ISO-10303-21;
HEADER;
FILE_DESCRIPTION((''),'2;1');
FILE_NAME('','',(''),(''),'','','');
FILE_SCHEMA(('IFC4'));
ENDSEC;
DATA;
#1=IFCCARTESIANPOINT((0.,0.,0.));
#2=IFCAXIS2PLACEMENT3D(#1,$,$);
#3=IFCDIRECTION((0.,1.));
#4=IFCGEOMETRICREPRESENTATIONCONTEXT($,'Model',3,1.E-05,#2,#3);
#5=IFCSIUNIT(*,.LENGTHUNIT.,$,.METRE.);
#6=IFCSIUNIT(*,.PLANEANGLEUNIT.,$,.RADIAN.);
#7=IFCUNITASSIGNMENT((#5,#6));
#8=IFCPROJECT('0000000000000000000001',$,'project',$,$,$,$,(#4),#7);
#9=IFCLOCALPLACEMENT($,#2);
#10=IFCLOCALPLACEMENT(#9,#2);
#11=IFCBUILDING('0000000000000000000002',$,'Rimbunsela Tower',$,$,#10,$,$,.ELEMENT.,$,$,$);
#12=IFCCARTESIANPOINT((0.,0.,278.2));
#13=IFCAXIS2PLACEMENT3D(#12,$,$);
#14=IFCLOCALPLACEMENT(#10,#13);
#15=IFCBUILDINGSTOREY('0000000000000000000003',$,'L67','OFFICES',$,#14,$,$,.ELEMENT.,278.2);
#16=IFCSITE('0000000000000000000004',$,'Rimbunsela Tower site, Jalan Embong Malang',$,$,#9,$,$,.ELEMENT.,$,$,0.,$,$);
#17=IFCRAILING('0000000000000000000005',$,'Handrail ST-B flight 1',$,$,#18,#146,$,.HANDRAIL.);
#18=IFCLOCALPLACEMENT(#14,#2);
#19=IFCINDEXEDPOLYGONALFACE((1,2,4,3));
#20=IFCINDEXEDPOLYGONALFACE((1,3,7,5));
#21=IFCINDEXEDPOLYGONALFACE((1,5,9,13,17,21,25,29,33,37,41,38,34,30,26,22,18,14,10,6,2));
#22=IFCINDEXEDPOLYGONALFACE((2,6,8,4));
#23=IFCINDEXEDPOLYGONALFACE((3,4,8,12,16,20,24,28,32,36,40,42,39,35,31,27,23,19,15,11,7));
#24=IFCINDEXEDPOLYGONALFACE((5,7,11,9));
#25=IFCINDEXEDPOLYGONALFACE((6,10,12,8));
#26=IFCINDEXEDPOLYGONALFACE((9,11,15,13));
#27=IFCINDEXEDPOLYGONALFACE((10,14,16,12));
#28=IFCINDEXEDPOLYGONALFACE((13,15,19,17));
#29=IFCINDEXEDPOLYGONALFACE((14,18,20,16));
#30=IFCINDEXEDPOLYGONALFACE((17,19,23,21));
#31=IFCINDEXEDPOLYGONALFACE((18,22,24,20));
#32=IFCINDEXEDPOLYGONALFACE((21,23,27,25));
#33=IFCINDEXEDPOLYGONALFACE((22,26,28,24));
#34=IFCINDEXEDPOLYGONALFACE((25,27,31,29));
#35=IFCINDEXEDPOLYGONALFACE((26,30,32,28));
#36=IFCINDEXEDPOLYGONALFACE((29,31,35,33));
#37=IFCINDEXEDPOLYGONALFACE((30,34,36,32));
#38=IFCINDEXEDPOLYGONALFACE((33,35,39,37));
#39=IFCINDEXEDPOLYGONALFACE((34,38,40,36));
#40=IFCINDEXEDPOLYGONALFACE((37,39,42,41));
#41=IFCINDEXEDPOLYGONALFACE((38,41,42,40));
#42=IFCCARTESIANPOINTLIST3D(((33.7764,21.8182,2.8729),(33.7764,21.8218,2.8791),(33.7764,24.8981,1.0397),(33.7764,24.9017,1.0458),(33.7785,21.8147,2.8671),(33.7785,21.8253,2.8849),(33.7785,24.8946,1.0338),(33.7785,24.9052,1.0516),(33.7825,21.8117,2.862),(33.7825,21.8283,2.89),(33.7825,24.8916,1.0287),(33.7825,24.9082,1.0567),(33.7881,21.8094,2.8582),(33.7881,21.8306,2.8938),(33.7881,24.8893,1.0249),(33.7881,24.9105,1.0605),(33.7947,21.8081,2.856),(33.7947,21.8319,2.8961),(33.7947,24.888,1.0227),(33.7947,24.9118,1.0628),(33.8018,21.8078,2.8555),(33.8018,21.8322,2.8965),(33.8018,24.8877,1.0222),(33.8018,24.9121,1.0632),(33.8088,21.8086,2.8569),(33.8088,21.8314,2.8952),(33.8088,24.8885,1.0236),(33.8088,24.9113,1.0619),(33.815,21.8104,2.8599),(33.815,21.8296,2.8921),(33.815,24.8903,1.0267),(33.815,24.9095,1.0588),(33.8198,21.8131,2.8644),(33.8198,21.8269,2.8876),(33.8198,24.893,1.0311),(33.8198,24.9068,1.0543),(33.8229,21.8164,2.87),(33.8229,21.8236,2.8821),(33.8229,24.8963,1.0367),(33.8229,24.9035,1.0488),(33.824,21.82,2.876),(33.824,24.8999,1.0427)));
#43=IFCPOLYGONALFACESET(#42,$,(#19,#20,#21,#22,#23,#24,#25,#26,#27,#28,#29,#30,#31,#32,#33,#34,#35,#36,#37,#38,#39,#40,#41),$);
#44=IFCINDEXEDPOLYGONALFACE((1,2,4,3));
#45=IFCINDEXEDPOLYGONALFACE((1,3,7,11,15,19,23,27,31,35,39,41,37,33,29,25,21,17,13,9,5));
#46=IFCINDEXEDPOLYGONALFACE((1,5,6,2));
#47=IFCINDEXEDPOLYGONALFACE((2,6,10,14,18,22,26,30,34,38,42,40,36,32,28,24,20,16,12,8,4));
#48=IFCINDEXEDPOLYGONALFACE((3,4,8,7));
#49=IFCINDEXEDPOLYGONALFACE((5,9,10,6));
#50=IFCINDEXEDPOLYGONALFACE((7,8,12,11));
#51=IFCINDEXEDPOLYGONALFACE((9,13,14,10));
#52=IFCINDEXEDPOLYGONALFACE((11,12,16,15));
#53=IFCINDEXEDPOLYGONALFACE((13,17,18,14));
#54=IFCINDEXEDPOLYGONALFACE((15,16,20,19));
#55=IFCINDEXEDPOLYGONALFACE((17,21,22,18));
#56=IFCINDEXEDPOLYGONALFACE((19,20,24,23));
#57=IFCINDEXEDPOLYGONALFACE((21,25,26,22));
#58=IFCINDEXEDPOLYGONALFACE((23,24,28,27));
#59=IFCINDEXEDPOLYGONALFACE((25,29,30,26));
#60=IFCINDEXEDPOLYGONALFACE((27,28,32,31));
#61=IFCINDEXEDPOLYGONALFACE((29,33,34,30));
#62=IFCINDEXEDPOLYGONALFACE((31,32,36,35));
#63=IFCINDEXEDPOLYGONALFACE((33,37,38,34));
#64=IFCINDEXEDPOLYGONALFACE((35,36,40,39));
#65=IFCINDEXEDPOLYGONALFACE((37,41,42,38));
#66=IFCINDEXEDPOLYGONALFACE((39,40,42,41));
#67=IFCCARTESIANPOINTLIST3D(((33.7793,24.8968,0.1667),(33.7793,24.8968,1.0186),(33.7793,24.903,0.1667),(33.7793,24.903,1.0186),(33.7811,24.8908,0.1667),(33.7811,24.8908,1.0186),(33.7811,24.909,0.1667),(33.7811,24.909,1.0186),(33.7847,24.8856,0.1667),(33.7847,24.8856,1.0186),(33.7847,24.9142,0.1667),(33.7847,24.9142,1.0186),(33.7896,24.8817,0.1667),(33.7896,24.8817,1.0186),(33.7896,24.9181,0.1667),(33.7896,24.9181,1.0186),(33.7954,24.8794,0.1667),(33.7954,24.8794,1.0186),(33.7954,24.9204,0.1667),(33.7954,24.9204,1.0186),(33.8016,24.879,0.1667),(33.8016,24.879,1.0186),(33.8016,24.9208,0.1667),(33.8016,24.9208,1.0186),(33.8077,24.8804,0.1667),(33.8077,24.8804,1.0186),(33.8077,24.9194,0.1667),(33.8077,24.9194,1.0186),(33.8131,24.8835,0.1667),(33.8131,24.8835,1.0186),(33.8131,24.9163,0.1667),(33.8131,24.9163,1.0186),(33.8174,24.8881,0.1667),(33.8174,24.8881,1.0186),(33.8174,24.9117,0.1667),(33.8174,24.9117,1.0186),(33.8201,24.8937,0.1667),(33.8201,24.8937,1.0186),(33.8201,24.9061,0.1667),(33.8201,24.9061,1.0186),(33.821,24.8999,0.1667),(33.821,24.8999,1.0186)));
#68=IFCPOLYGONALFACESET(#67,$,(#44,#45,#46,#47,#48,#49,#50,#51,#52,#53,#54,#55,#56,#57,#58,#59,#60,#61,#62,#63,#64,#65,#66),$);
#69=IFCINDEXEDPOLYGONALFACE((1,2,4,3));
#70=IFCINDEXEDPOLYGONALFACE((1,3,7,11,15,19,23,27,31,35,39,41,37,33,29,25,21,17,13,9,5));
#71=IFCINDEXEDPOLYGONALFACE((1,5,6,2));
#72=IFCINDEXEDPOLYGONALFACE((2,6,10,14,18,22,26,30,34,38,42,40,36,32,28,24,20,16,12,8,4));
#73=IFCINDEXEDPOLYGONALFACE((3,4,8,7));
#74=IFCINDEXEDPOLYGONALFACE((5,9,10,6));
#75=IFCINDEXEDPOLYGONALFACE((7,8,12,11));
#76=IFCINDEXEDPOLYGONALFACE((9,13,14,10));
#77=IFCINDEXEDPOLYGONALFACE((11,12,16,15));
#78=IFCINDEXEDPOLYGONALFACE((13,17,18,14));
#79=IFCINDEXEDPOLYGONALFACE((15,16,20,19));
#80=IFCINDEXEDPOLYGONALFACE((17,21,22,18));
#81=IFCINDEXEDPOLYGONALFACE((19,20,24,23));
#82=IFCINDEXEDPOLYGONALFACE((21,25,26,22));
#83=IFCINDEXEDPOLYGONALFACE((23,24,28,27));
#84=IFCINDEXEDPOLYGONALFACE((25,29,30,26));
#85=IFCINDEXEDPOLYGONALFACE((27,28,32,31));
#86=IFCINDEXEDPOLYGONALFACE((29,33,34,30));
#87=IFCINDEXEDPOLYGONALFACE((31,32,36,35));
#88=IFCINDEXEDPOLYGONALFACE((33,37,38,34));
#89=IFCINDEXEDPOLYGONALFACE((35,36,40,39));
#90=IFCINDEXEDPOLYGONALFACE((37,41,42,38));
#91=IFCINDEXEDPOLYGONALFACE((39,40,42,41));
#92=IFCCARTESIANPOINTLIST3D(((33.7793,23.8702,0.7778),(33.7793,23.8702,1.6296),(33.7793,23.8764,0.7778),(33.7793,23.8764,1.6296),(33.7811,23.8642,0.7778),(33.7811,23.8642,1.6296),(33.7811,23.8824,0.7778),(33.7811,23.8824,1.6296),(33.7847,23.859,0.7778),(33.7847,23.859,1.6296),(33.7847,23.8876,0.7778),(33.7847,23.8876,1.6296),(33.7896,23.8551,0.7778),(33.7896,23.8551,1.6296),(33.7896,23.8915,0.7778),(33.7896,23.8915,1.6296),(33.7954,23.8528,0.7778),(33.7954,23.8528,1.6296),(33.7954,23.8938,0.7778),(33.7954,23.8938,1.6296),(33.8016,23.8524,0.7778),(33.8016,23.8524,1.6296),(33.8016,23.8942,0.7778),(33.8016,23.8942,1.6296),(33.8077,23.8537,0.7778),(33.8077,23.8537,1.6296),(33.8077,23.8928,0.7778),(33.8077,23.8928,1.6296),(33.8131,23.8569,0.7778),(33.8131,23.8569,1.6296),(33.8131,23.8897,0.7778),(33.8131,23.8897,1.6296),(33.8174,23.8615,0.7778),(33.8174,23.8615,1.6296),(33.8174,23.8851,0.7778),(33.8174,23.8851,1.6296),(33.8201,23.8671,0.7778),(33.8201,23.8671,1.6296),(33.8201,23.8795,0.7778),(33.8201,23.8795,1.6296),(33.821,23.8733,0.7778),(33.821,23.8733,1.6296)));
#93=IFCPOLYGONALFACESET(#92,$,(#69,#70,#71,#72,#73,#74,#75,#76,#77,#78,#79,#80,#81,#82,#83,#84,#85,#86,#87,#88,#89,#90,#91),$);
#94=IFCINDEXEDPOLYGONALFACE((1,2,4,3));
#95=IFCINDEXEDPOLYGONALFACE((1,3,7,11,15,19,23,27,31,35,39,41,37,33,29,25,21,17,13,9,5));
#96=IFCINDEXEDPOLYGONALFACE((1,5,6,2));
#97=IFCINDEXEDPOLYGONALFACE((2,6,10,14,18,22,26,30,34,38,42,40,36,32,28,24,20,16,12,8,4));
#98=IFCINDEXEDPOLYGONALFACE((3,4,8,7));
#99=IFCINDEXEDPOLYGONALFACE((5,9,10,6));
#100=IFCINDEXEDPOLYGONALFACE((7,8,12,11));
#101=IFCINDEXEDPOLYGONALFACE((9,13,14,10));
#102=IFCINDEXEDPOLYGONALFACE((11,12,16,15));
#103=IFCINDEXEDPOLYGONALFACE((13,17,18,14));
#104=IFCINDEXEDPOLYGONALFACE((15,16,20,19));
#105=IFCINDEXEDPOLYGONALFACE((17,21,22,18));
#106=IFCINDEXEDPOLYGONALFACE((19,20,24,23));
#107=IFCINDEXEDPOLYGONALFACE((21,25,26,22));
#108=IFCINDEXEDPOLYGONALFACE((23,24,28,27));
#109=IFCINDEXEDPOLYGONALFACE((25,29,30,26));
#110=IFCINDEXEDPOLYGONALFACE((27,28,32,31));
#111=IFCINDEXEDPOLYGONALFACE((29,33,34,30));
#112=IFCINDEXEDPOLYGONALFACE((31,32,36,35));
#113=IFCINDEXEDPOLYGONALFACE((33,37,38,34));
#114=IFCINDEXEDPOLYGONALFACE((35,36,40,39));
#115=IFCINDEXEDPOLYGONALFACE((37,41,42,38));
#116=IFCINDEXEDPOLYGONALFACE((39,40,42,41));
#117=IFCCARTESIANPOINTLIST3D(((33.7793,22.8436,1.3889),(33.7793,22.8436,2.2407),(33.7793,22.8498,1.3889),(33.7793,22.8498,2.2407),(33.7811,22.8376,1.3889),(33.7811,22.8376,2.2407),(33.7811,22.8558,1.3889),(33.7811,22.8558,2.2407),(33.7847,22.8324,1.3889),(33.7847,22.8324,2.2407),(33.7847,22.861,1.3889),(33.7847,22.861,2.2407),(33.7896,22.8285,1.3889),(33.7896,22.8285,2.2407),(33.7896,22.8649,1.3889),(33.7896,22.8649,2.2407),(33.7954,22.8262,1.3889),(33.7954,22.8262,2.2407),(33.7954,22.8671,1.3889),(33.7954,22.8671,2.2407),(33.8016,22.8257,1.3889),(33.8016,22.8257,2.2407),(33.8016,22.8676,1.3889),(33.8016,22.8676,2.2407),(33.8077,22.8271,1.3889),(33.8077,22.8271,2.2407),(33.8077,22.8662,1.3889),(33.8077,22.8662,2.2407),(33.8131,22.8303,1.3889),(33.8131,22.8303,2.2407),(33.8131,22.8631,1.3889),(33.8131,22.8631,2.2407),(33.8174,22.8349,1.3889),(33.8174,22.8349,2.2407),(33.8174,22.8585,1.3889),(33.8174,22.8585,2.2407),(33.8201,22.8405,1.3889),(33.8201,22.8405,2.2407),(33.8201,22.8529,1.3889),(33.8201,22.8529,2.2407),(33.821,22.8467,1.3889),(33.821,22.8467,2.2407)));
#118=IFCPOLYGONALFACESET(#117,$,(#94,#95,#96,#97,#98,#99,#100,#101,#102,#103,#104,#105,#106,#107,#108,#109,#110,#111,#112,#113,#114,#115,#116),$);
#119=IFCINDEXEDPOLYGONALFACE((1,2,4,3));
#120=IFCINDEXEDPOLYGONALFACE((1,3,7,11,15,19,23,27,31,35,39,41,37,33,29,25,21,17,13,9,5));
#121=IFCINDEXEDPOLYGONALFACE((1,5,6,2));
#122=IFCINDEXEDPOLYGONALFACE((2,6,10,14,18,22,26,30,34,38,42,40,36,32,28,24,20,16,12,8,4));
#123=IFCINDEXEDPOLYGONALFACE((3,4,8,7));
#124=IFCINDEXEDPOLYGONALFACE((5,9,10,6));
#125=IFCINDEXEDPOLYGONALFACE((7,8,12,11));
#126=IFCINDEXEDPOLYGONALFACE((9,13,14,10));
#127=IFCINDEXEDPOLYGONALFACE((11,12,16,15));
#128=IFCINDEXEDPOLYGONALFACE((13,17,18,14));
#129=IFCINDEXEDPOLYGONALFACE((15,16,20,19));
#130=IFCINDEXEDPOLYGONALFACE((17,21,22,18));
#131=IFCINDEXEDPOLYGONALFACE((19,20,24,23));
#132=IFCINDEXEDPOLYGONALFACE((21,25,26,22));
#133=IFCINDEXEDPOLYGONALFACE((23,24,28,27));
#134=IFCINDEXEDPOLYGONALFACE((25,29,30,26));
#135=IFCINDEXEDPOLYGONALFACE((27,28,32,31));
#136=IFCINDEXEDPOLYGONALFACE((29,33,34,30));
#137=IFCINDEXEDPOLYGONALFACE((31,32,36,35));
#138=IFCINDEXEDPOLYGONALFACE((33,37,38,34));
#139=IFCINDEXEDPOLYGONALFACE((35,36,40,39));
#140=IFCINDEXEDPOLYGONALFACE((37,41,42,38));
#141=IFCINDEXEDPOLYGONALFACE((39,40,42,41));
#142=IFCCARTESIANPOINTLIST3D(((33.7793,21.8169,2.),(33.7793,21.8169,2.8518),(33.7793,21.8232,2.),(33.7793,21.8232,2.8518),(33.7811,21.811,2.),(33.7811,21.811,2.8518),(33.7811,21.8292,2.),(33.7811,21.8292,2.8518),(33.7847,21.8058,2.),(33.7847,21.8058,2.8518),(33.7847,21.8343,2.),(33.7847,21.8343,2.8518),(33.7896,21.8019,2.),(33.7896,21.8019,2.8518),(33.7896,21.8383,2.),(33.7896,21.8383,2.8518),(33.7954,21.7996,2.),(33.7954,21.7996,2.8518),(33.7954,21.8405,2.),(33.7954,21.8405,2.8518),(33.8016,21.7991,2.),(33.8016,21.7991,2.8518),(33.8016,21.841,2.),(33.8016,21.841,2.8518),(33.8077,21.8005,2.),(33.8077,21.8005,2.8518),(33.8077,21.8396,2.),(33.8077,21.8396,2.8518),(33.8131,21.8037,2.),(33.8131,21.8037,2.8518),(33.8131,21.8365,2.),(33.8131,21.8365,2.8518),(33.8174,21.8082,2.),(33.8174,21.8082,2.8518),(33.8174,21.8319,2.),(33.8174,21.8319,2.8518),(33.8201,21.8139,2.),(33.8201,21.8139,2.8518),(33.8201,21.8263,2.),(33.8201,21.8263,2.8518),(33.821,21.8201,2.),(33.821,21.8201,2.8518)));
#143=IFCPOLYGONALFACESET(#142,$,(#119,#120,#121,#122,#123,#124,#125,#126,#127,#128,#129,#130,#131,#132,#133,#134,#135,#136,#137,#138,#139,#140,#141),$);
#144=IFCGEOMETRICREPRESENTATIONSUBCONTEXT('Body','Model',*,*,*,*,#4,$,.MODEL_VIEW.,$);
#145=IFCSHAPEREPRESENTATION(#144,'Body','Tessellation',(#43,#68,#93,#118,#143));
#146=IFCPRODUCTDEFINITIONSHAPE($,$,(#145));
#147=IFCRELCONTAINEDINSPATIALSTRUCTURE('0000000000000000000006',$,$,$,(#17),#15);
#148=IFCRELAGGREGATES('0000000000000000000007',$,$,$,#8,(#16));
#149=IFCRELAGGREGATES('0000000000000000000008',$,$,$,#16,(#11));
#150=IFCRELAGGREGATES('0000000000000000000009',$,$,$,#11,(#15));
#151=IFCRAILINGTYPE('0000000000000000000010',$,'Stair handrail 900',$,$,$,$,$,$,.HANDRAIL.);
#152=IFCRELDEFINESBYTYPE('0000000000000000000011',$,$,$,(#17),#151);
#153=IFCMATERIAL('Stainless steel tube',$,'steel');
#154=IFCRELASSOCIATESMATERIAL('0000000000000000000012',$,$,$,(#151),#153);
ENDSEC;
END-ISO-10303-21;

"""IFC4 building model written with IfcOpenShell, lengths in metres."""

from ifc_helpers import new_model, si_unit, direction, frame, origin, origin_2d, place, context, subcontext, project, spatial, circle, extrude, material, type_object, element, save


model = new_model("IFC4")

# Units and contexts
model_context = context("Model", 3, precision=1e-05, world=origin(), true_north=direction((0.0, 1.0)))
body_context = subcontext(model_context, "Body", "Model", "MODEL_VIEW")
ifc_project = project(units=[si_unit("LENGTHUNIT", "METRE"), si_unit("PLANEANGLEUNIT", "RADIAN")], contexts=[model_context])

# Site, building, storey
site_placement = place(None, origin())
site = spatial("IfcSite", under=ifc_project, at=site_placement, Name="Rimbunsela Tower site, Jalan Embong Malang", CompositionType="ELEMENT", RefElevation=0.0)
building_placement = place(site_placement, origin())
building = spatial("IfcBuilding", under=site, at=building_placement, Name="Rimbunsela Tower", CompositionType="ELEMENT")
storey_placement = place(building_placement, frame((0.0, 0.0, 278.2)))
storey = spatial("IfcBuildingStorey", under=building, at=storey_placement, Name="L67", Description="OFFICES", CompositionType="ELEMENT", Elevation=278.2)

# Railing
ifc_material_1 = material(Name="Stainless steel tube", Category="steel")
railing_type = type_object("IfcRailingType", Name="Stair handrail 900", PredefinedType="HANDRAIL", material=ifc_material_1)
for number, where, name in (
    (1, (33.8, 24.8999, 0.1667), "Handrail ST-B flight 1"),
):
    element("IfcRailing", number, at=place(storey_placement, frame(where)), inside=storey, type_object=railing_type, Name=name, PredefinedType="HANDRAIL", context=body_context, shape_type="SweptSolid", body=[
        extrude(circle(Radius=0.0239, at=origin_2d()), frame((0.0, 0.0, 0.876), z_axis=(0.0, -0.859291, 0.511487), x_axis=(1.0, 0.0, 0.0)), (0.0, 0.0, 1.0), 3.5842),
        extrude(circle(Radius=0.021, at=origin_2d()), origin(), (0.0, 0.0, 1.0), 0.8518),
        extrude(circle(Radius=0.021, at=origin_2d()), frame((0.0, -1.0266, 0.6111)), (0.0, 0.0, 1.0), 0.8518),
        extrude(circle(Radius=0.021, at=origin_2d()), frame((0.0, -2.0532, 1.2222)), (0.0, 0.0, 1.0), 0.8518),
        extrude(circle(Radius=0.021, at=origin_2d()), frame((0.0, -3.0798, 1.8333)), (0.0, 0.0, 1.0), 0.8518),
    ])

save(model, "model.ifc")
